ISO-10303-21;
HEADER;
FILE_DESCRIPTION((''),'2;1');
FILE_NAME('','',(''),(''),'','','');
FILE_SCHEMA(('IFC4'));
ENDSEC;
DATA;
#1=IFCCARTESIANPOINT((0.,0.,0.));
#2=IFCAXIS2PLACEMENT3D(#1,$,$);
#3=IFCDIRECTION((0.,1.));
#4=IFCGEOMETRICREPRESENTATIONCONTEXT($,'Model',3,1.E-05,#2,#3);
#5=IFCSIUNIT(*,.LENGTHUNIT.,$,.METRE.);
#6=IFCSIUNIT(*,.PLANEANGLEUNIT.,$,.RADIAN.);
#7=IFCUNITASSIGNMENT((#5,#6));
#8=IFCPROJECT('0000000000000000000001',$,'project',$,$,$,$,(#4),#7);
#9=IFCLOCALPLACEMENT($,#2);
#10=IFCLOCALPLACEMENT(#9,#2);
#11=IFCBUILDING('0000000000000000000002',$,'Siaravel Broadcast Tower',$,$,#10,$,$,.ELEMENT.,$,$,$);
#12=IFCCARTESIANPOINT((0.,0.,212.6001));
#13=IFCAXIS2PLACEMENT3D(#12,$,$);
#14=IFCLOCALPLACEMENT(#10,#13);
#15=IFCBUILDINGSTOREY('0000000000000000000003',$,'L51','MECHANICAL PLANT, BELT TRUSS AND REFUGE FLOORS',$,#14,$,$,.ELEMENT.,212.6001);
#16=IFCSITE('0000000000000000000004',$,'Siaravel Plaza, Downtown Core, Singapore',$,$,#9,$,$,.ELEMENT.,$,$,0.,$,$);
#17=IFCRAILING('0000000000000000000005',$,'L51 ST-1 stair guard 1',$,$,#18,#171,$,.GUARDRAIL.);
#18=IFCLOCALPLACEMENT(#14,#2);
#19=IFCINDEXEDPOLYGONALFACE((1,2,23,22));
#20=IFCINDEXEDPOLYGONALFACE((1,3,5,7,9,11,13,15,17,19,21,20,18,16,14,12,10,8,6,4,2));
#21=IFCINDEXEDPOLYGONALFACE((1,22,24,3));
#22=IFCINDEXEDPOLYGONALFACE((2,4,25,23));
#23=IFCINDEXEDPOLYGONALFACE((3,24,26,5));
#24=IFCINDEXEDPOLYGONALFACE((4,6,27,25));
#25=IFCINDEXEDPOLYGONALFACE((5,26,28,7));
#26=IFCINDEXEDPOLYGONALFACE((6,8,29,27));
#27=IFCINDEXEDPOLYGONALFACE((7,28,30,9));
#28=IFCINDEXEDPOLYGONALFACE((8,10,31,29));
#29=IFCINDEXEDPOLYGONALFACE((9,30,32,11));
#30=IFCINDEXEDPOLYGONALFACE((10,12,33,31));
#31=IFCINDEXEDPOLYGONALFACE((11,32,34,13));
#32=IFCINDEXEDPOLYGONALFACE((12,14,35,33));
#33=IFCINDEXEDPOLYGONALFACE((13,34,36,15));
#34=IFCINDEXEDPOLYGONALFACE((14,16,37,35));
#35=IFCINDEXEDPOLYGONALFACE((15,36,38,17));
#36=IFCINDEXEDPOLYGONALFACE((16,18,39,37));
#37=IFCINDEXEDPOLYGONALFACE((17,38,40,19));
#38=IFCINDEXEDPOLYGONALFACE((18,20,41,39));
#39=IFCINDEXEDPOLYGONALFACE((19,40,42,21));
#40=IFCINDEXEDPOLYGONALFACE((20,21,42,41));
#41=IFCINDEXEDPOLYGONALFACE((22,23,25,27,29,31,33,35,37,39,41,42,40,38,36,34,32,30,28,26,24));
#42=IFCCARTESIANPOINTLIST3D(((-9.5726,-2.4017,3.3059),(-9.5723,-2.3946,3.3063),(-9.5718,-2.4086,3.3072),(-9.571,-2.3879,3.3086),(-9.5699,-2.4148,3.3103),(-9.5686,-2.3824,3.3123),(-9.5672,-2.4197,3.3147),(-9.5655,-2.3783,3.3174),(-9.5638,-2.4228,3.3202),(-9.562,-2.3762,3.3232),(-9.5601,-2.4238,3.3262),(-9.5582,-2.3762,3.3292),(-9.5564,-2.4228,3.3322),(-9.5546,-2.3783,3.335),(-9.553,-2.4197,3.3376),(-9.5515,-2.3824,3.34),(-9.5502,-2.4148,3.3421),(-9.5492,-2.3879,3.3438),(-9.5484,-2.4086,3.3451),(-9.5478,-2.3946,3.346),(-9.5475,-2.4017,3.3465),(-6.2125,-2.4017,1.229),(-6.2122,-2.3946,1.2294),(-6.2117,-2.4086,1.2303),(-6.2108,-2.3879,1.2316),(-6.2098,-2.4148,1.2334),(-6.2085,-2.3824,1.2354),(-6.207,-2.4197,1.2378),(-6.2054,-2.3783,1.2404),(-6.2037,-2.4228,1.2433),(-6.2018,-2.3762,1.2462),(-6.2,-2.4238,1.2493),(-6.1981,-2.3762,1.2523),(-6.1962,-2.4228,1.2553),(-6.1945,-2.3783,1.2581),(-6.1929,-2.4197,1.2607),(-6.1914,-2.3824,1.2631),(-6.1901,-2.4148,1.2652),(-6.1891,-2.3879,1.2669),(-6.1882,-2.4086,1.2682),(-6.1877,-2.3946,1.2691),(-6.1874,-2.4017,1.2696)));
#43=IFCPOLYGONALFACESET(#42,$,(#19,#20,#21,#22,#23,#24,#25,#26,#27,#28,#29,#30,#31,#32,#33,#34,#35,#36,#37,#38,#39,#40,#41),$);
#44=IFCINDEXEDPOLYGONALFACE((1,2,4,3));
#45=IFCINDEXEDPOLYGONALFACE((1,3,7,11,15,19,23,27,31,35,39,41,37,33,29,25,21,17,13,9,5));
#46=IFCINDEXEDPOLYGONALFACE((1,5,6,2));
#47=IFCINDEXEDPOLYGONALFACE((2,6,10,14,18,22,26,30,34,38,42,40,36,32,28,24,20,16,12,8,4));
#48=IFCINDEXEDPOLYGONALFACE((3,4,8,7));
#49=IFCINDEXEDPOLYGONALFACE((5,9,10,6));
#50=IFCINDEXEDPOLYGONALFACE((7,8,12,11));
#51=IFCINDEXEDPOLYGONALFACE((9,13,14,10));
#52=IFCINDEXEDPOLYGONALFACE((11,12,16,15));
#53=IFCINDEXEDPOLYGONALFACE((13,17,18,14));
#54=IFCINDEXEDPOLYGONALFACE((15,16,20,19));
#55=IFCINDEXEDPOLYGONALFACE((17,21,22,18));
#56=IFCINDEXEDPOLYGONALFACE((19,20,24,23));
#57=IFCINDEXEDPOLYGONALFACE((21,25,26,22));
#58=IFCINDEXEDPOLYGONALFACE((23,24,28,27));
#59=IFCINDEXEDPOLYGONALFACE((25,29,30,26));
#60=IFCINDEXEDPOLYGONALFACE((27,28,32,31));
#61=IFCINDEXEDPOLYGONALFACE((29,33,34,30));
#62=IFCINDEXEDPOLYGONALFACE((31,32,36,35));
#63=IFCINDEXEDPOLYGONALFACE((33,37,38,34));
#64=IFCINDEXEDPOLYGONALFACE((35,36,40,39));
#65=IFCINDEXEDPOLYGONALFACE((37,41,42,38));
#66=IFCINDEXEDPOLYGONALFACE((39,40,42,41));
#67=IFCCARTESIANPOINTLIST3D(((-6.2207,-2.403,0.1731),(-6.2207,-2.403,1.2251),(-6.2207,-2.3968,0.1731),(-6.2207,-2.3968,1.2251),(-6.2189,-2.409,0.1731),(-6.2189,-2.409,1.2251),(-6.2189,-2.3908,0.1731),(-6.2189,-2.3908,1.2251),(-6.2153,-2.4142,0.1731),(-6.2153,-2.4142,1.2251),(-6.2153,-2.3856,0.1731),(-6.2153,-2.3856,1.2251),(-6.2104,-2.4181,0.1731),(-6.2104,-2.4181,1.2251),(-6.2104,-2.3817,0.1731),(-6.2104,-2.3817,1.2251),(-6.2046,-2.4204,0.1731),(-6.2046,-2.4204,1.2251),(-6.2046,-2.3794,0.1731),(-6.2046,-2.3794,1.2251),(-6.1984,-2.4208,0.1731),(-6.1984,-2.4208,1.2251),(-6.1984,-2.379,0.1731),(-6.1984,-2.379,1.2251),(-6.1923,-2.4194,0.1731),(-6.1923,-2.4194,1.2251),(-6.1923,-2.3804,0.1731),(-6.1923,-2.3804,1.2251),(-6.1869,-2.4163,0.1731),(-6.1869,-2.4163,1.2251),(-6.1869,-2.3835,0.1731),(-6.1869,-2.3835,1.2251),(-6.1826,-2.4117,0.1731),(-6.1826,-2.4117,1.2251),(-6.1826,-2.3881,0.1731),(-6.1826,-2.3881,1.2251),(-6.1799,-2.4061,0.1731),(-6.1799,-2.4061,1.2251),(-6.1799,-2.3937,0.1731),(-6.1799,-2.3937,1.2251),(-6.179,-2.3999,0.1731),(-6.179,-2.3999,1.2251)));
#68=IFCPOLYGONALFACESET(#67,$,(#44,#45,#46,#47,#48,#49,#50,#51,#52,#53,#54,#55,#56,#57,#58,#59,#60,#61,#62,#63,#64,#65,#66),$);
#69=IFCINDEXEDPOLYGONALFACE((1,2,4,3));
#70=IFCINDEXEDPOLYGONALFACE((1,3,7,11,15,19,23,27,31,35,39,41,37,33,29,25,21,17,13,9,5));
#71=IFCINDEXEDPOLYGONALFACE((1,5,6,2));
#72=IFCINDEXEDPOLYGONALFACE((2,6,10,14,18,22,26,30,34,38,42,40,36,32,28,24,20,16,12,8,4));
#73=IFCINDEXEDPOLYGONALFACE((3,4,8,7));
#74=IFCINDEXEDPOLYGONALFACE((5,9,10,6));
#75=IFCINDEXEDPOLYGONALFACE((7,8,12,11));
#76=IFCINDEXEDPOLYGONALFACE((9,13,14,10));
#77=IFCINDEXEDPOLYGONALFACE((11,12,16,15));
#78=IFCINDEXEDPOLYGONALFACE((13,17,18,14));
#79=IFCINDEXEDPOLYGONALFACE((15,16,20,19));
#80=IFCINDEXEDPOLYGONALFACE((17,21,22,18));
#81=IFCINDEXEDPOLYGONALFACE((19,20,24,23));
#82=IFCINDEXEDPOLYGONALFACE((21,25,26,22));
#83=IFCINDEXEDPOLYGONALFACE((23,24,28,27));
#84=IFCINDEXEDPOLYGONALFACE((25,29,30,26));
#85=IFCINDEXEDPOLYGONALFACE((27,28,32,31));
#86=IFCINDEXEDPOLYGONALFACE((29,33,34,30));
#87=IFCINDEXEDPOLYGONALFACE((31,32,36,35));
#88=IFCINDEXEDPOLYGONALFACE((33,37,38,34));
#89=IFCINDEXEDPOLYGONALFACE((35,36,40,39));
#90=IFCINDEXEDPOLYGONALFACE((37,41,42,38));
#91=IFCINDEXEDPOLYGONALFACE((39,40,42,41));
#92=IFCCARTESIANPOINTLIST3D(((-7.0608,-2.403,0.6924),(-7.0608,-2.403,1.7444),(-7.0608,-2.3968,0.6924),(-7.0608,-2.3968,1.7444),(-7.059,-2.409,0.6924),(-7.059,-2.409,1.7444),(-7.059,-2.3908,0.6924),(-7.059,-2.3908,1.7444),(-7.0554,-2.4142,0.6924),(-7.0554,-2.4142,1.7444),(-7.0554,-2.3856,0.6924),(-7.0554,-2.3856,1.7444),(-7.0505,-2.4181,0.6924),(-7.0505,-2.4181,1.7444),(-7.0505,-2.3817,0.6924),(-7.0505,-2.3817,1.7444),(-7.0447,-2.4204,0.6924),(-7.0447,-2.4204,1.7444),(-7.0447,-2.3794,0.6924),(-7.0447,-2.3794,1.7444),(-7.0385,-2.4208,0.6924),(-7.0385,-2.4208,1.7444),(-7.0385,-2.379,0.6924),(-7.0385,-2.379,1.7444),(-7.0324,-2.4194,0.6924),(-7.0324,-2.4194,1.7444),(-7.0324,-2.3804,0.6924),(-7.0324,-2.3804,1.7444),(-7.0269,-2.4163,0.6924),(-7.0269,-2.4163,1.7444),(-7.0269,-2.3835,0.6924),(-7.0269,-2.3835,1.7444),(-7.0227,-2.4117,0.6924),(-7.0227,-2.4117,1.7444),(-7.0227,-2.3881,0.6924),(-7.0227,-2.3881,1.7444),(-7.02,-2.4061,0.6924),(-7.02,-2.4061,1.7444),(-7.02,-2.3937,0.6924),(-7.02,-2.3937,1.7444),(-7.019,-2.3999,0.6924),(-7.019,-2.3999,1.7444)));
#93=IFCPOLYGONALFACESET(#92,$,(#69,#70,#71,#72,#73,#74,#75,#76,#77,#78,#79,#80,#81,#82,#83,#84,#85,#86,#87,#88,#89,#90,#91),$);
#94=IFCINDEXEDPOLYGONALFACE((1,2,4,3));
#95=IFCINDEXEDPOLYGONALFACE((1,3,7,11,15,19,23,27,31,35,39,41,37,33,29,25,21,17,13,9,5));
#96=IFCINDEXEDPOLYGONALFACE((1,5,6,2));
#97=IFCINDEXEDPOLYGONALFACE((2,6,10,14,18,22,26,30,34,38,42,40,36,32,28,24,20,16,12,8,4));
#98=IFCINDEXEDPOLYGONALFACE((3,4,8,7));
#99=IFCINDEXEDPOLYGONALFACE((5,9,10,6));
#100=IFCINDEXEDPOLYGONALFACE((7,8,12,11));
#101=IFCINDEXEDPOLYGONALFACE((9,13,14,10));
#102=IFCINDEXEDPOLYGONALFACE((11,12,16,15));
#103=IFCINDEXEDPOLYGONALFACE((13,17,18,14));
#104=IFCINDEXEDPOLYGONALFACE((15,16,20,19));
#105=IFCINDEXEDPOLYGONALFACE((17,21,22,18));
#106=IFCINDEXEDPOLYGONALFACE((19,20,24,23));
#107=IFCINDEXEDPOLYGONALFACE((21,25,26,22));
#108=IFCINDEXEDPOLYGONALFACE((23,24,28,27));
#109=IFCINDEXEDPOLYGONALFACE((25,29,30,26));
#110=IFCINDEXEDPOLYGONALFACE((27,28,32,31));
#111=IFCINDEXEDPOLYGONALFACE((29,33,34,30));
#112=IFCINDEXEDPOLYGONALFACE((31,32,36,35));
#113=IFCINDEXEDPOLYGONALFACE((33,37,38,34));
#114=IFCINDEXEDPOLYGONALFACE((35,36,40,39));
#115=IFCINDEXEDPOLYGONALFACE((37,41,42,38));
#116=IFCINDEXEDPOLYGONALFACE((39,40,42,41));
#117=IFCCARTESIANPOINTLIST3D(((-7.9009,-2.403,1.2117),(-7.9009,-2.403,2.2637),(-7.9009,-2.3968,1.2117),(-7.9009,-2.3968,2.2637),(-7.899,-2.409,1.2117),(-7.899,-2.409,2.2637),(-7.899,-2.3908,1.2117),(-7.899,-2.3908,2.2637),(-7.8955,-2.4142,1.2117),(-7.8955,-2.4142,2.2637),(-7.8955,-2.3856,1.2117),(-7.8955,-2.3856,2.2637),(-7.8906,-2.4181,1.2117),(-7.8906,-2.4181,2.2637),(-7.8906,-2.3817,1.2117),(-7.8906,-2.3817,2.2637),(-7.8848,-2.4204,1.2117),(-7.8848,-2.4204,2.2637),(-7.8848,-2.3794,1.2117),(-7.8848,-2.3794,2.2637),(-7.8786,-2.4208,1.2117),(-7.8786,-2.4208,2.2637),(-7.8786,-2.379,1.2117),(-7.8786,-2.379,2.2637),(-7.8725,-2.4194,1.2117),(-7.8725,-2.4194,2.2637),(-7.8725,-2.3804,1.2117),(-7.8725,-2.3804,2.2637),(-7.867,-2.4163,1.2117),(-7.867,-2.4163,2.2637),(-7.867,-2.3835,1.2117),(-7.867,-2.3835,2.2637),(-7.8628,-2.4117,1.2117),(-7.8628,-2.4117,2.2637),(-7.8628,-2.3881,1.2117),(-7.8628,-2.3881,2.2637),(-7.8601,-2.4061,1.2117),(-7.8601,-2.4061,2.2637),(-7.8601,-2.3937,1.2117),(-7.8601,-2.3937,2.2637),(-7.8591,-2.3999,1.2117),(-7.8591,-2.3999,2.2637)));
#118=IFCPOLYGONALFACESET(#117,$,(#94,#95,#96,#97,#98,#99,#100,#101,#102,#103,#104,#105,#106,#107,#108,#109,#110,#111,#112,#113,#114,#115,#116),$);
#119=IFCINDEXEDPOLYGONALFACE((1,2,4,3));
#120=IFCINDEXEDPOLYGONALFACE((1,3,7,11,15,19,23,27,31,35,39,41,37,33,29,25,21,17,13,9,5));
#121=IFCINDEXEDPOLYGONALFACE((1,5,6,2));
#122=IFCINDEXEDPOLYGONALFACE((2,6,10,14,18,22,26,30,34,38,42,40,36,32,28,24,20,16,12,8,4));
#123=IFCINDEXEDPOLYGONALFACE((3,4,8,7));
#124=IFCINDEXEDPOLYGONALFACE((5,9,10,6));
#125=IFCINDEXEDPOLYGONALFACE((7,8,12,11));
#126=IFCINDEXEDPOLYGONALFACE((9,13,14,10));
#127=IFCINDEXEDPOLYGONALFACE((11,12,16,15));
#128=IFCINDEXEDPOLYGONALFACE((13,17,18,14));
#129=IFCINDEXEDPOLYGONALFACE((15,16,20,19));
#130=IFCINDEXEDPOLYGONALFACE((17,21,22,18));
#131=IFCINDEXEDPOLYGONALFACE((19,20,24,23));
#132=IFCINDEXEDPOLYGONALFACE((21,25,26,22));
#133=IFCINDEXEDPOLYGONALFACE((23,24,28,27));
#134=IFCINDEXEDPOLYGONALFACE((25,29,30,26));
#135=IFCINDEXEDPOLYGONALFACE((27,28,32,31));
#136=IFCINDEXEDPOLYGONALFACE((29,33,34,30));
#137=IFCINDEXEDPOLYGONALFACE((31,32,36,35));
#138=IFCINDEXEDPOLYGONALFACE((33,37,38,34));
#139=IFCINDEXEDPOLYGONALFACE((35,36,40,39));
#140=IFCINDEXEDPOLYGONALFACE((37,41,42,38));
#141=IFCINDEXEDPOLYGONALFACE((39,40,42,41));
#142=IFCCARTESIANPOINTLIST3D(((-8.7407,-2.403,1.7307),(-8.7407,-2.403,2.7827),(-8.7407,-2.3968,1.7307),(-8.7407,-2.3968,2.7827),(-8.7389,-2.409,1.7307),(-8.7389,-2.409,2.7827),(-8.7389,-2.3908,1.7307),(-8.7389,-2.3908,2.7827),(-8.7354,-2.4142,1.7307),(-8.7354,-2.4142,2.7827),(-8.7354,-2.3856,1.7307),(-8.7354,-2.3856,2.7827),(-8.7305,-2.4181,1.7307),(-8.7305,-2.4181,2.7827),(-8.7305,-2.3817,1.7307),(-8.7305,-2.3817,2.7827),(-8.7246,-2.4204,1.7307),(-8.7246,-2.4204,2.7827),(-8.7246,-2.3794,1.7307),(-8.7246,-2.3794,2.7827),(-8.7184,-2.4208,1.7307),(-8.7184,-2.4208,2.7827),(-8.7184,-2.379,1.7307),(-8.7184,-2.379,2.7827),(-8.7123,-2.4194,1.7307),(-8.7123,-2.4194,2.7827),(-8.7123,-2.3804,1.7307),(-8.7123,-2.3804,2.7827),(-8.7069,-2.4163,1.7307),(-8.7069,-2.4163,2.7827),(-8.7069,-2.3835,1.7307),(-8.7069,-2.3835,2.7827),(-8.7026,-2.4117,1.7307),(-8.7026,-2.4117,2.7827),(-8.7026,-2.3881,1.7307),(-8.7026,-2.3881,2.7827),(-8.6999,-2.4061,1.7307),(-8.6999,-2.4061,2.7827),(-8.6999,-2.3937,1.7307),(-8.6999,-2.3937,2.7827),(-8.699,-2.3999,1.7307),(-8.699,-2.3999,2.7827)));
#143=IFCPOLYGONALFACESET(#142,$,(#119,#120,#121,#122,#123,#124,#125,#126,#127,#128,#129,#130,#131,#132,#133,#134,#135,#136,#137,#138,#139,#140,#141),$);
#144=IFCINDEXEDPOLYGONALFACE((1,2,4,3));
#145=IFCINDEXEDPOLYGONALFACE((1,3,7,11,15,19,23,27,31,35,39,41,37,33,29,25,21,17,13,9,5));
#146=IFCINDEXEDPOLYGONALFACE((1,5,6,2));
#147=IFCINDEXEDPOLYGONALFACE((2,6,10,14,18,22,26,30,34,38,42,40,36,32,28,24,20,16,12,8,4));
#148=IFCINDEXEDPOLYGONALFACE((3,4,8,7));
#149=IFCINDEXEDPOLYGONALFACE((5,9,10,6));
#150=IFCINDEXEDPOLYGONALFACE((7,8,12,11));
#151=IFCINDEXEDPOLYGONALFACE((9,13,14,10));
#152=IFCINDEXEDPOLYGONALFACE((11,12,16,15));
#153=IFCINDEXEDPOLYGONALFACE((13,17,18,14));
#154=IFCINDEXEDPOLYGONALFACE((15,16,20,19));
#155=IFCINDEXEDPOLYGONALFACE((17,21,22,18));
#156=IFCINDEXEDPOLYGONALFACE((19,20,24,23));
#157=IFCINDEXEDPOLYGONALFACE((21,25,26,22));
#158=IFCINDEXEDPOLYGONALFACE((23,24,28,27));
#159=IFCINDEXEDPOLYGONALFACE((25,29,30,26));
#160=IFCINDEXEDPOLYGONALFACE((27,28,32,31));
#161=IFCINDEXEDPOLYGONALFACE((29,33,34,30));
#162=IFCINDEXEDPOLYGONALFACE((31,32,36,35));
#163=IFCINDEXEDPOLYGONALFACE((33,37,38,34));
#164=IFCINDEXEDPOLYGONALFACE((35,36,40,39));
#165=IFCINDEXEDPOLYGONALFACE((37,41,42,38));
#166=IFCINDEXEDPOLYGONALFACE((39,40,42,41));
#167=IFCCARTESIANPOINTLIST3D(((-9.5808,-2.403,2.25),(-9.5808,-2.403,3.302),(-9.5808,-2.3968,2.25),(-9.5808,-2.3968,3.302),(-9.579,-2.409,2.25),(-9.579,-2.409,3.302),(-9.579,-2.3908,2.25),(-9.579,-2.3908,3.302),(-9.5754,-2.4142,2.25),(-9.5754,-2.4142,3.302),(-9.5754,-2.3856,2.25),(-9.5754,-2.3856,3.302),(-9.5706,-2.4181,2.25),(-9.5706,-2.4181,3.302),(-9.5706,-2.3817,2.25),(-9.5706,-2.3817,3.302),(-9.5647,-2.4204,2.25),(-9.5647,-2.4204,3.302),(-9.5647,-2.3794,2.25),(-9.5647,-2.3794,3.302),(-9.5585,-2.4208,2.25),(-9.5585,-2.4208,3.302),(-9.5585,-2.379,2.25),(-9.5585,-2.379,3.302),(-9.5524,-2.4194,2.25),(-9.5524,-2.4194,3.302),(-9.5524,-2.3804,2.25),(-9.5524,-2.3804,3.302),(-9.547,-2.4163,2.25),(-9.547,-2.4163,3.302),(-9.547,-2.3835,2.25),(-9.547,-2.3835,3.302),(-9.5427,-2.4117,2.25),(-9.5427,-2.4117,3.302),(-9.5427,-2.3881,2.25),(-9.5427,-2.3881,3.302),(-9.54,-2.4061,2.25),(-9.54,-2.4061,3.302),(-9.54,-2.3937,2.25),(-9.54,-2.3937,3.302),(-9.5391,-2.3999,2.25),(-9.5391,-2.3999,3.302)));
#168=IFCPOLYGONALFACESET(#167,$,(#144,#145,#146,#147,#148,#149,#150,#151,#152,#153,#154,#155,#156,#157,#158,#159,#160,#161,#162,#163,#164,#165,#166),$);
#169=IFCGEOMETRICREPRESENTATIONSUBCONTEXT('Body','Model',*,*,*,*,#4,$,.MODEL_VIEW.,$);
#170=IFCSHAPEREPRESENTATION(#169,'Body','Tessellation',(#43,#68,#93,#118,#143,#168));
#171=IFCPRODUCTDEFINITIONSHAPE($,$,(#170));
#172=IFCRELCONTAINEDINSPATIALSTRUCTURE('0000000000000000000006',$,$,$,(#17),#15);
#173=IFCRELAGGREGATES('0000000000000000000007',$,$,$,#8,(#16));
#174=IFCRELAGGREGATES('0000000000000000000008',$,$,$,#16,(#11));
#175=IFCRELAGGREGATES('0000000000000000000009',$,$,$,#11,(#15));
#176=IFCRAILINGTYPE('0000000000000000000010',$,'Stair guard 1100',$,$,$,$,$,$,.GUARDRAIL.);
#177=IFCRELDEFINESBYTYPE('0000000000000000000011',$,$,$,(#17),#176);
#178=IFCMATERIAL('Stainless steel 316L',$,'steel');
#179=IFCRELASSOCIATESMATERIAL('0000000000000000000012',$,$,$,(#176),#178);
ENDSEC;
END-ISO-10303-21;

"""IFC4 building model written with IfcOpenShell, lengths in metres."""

from ifc_helpers import new_model, si_unit, direction, frame, origin, origin_2d, place, context, subcontext, project, spatial, circle, extrude, material, type_object, element, save


model = new_model("IFC4")

# Units and contexts
model_context = context("Model", 3, precision=1e-05, world=origin(), true_north=direction((0.0, 1.0)))
body_context = subcontext(model_context, "Body", "Model", "MODEL_VIEW")
ifc_project = project(units=[si_unit("LENGTHUNIT", "METRE"), si_unit("PLANEANGLEUNIT", "RADIAN")], contexts=[model_context])

# Site, building, storey
site_placement = place(None, origin())
site = spatial("IfcSite", under=ifc_project, at=site_placement, Name="Siaravel Plaza, Downtown Core, Singapore", CompositionType="ELEMENT", RefElevation=0.0)
building_placement = place(site_placement, origin())
building = spatial("IfcBuilding", under=site, at=building_placement, Name="Siaravel Broadcast Tower", CompositionType="ELEMENT")
storey_placement = place(building_placement, frame((0.0, 0.0, 212.6001)))
storey = spatial("IfcBuildingStorey", under=building, at=storey_placement, Name="L51", Description="MECHANICAL PLANT, BELT TRUSS AND REFUGE FLOORS", CompositionType="ELEMENT", Elevation=212.6001)

# Shared definitions
ifc_material_1 = material(Name="Stainless steel 316L", Category="steel")

# Railing
railing_type_1 = type_object("IfcRailingType", Name="Stair guard 1100", PredefinedType="GUARDRAIL", material=ifc_material_1)
railing_1_placement = place(storey_placement, frame((-6.2, -2.3999, 0.1731)))
element("IfcRailing", 1, at=railing_1_placement, inside=storey, type_object=railing_type_1, Name="L51 ST-1 stair guard 1", PredefinedType="GUARDRAIL", context=body_context, shape_type="SweptSolid", body=[
    extrude(circle(Radius=0.0239, at=origin_2d()), frame((0.0, 0.0, 1.0762), z_axis=(-0.850623, 0.0, 0.525776), x_axis=(0.0, -1.0, 0.0)), (0.0, 0.0, 1.0), 3.9502),
    extrude(circle(Radius=0.021, at=origin_2d()), origin(), (0.0, 0.0, 1.0), 1.052),
    extrude(circle(Radius=0.021, at=origin_2d()), frame((-0.8401, 0.0, 0.5193)), (0.0, 0.0, 1.0), 1.052),
    extrude(circle(Radius=0.021, at=origin_2d()), frame((-1.6802, 0.0, 1.0386)), (0.0, 0.0, 1.0), 1.052),
    extrude(circle(Radius=0.021, at=origin_2d()), frame((-2.52, 0.0, 1.5576)), (0.0, 0.0, 1.0), 1.052),
    extrude(circle(Radius=0.021, at=origin_2d()), frame((-3.3601, 0.0, 2.0769)), (0.0, 0.0, 1.0), 1.052),
])

save(model, "model.ifc")
